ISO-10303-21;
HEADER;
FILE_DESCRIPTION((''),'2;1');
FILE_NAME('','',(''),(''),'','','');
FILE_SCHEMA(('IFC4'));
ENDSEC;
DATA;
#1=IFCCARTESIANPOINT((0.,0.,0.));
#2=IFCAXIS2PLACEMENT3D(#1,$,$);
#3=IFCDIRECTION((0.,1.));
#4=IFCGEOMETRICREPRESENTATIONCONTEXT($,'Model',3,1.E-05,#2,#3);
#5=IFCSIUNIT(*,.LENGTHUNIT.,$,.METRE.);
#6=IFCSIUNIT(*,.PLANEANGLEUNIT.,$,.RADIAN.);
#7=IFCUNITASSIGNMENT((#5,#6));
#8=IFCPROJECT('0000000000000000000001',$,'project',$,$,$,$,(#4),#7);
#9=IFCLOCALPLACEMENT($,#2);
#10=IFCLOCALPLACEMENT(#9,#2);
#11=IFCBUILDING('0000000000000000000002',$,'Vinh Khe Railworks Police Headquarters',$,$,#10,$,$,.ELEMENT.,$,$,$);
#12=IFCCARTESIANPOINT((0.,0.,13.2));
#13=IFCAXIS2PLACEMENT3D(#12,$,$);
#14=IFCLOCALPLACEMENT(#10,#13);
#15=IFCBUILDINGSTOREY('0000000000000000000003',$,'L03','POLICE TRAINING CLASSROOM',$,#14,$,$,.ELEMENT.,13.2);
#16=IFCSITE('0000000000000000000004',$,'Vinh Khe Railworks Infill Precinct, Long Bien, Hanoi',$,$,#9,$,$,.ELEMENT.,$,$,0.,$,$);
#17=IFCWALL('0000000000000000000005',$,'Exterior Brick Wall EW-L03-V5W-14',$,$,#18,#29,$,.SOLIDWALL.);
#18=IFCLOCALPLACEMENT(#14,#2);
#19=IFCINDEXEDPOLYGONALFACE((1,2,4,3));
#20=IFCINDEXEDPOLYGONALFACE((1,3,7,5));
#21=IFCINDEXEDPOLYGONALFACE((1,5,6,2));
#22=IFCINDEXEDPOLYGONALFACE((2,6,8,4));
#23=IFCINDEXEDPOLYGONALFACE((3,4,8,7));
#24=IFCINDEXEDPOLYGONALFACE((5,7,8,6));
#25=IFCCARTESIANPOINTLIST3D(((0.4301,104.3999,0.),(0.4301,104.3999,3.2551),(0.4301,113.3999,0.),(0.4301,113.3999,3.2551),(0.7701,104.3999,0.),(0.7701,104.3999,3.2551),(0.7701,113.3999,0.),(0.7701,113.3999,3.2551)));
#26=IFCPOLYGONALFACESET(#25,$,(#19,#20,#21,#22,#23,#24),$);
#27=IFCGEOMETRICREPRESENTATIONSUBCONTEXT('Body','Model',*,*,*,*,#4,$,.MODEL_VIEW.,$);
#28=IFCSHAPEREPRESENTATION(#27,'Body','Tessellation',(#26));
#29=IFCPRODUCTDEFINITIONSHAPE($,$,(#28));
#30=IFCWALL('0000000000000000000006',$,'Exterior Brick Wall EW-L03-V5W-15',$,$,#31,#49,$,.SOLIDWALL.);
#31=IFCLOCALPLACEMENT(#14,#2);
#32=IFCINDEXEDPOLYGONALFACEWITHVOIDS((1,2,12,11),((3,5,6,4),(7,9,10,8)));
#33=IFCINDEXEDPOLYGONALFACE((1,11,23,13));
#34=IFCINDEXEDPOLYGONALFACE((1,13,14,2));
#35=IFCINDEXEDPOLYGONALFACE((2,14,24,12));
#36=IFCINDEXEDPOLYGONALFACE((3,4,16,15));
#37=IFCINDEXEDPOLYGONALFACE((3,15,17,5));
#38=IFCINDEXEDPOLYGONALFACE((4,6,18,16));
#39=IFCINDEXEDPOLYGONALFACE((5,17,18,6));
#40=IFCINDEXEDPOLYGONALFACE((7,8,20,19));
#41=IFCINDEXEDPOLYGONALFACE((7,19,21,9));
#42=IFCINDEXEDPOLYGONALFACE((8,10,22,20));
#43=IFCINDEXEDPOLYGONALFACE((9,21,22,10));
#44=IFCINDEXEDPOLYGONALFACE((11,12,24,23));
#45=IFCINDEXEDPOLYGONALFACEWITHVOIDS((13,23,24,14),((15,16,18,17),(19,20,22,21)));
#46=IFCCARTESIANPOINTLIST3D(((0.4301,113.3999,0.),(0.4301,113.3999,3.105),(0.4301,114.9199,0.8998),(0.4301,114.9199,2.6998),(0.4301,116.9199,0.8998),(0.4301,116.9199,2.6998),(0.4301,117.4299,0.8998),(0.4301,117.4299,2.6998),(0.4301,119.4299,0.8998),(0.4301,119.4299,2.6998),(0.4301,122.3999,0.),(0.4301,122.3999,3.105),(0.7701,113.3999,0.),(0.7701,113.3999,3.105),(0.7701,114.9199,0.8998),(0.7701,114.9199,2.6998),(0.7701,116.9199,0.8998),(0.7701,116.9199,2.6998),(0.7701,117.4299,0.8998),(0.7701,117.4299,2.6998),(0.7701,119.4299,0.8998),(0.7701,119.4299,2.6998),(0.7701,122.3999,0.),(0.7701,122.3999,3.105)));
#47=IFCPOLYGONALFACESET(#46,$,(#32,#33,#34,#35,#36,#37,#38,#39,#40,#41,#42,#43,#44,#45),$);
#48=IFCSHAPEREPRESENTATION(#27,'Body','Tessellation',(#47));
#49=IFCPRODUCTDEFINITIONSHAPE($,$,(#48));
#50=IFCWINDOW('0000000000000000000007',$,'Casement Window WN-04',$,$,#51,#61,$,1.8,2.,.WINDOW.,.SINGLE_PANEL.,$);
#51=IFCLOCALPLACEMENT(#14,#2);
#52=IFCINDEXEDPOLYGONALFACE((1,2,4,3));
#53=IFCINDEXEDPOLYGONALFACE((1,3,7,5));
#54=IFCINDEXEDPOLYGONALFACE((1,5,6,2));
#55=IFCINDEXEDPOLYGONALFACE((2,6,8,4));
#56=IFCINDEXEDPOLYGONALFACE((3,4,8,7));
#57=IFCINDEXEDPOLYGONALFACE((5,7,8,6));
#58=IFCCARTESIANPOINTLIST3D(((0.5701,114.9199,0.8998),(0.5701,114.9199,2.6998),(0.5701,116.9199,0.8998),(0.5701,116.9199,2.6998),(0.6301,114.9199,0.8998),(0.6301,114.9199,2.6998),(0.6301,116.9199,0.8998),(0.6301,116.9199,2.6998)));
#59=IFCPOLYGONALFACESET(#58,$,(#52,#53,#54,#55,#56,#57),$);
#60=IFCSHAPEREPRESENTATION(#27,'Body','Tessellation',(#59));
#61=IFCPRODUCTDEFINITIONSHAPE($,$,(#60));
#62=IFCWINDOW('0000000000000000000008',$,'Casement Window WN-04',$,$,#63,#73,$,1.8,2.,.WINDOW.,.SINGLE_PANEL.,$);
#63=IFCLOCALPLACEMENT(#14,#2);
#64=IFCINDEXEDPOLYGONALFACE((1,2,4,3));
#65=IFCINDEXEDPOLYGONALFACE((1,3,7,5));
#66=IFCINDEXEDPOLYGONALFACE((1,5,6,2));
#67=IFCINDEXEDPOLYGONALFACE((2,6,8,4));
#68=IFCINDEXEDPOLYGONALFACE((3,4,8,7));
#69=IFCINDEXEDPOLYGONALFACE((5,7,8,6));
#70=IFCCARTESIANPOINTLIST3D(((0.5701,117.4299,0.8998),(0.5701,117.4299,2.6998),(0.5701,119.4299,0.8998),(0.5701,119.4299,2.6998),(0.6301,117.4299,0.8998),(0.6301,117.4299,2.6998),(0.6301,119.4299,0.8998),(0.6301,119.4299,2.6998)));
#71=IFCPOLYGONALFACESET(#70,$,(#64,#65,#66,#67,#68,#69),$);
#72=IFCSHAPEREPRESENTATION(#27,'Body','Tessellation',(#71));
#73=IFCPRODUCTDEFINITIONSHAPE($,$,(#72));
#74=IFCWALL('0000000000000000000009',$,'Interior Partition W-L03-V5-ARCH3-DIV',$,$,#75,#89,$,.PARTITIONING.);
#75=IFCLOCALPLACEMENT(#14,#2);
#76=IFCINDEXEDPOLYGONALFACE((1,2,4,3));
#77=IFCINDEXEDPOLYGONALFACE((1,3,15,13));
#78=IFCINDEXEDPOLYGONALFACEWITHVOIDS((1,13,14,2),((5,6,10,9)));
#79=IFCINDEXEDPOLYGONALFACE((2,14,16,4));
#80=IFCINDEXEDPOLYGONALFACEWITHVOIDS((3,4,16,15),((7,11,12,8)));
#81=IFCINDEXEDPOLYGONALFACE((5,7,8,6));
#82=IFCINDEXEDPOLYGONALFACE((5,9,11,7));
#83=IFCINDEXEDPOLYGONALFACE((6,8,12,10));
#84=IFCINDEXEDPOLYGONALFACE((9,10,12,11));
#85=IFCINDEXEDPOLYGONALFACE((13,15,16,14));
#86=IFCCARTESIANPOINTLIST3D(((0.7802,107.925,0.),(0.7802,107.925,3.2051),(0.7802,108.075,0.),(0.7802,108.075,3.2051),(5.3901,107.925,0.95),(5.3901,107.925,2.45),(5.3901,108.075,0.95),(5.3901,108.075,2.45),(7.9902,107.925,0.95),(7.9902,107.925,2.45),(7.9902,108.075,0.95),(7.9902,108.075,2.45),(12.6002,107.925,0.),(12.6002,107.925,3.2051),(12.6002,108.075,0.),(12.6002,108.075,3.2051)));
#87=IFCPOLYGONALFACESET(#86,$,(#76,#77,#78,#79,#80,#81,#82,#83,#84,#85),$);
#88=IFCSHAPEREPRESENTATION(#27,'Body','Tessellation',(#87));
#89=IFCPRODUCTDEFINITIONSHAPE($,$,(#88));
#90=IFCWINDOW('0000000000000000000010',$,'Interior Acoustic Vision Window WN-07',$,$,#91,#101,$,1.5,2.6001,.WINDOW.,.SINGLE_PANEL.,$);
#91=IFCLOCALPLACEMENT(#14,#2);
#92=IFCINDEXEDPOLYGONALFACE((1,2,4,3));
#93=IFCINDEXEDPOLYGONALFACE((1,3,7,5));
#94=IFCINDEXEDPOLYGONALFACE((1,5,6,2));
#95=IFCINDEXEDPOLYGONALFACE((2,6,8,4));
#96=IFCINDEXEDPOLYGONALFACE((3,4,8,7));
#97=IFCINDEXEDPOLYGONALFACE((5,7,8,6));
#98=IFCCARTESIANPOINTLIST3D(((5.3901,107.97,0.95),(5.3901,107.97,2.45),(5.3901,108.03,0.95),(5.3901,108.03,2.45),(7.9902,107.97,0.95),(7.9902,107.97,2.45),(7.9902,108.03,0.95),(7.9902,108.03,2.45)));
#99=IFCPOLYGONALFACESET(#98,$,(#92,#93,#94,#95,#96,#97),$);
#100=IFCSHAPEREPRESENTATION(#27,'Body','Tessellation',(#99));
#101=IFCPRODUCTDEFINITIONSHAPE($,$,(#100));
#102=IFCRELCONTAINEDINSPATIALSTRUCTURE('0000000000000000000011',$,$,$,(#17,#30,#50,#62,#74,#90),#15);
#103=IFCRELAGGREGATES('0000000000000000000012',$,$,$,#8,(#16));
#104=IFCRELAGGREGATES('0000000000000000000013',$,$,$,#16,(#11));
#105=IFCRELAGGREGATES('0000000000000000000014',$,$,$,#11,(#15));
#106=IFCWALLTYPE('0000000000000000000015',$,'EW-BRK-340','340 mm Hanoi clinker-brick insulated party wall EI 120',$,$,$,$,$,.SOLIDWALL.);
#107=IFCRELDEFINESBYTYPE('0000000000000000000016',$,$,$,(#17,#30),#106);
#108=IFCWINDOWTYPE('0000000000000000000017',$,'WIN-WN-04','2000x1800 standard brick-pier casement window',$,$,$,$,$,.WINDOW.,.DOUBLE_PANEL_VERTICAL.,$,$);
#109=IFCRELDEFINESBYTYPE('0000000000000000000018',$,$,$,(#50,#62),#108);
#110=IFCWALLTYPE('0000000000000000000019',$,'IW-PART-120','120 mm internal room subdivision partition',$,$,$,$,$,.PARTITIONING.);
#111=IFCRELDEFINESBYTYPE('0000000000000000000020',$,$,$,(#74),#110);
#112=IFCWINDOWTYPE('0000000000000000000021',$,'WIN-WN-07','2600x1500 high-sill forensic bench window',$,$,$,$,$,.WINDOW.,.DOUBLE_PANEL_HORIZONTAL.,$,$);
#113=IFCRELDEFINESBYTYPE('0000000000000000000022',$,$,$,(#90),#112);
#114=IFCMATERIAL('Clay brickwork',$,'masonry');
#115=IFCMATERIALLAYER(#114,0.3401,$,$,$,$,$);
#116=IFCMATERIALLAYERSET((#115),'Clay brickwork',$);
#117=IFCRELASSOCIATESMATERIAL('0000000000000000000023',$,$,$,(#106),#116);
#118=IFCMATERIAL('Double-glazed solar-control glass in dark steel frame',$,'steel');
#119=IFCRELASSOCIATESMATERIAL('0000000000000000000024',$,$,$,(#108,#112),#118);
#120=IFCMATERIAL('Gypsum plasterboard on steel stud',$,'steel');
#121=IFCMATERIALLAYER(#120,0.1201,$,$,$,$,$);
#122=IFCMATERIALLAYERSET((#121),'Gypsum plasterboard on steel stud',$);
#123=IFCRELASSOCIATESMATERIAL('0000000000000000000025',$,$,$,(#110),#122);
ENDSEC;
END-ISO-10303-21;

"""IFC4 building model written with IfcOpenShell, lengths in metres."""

from ifc_helpers import new_model, si_unit, direction, frame, frame_2d, origin, place, context, subcontext, project, spatial, rectangle, extrude, material, layer, layer_set, type_object, element, fill, save


model = new_model("IFC4")

# Units and contexts
model_context = context("Model", 3, precision=1e-05, world=origin(), true_north=direction((0.0, 1.0)))
body_context = subcontext(model_context, "Body", "Model", "MODEL_VIEW")
ifc_project = project(units=[si_unit("LENGTHUNIT", "METRE"), si_unit("PLANEANGLEUNIT", "RADIAN")], contexts=[model_context])

# Site, building, storey
site_placement = place(None, origin())
site = spatial("IfcSite", under=ifc_project, at=site_placement, Name="Vinh Khe Railworks Infill Precinct, Long Bien, Hanoi", CompositionType="ELEMENT", RefElevation=0.0)
building_placement = place(site_placement, origin())
building = spatial("IfcBuilding", under=site, at=building_placement, Name="Vinh Khe Railworks Police Headquarters", CompositionType="ELEMENT")
storey_placement = place(building_placement, frame((0.0, 0.0, 13.2)))
storey = spatial("IfcBuildingStorey", under=building, at=storey_placement, Name="L03", Description="POLICE TRAINING CLASSROOM", CompositionType="ELEMENT", Elevation=13.2)

# Wall
ifc_material_1 = material(Name="Clay brickwork", Category="masonry")
ifc_layer_1 = layer(ifc_material_1, 0.3401)
ifc_layer_set_1 = layer_set([ifc_layer_1], Name="Clay brickwork")
wall_type_1 = type_object("IfcWallType", Name="EW-BRK-340", Description="340 mm Hanoi clinker-brick insulated party wall EI 120", PredefinedType="SOLIDWALL", material=ifc_layer_set_1)
wall_1_placement = place(storey_placement, frame((0.6001, 104.3999, 0.0), z_axis=(0.0, 0.0, 1.0), x_axis=(0.0, 1.0, 0.0)))
element("IfcWall", 1, at=wall_1_placement, inside=storey, type_object=wall_type_1, Name="Exterior Brick Wall EW-L03-V5W-14", PredefinedType="SOLIDWALL", context=body_context, shape_type="SweptSolid", body=[
    extrude(rectangle(XDim=9.0, YDim=0.3401, at=frame_2d((4.5, 0.0))), origin(), (0.0, 0.0, 1.0), 3.2551),
])

# Wall, openings, windows
wall_2_placement = place(storey_placement, frame((0.6001, 113.3999, 0.0), z_axis=(0.0, 0.0, 1.0), x_axis=(0.0, 1.0, 0.0)))
wall_2 = element("IfcWall", 2, at=wall_2_placement, inside=storey, type_object=wall_type_1, Name="Exterior Brick Wall EW-L03-V5W-15", PredefinedType="SOLIDWALL", context=body_context, shape_type="SweptSolid", body=[
    extrude(rectangle(XDim=9.0, YDim=0.3401, at=frame_2d((4.5, 0.0))), origin(), (0.0, 0.0, 1.0), 3.105),
])
opening_1_placement = place(wall_2_placement, frame((1.52, 0.0, 0.8999)))
opening_1 = element("IfcOpeningElement", 3, at=opening_1_placement, cuts=wall_2, PredefinedType="OPENING", context=body_context, shape_type="SweptSolid", body=[
    extrude(rectangle(XDim=2.0, YDim=1.8, at=frame_2d((1.0, 0.8999))), frame((0.0, 0.1851, 0.0), z_axis=(0.0, -1.0, 0.0), x_axis=(1.0, 0.0, 0.0)), (0.0, 0.0, 1.0), 0.3699),
])
opening_2_placement = place(wall_2_placement, frame((4.03, 0.0, 0.8999)))
opening_2 = element("IfcOpeningElement", 4, at=opening_2_placement, cuts=wall_2, PredefinedType="OPENING", context=body_context, shape_type="SweptSolid", body=[
    extrude(rectangle(XDim=2.0, YDim=1.8, at=frame_2d((1.0, 0.8999))), frame((0.0, 0.1851, 0.0), z_axis=(0.0, -1.0, 0.0), x_axis=(1.0, 0.0, 0.0)), (0.0, 0.0, 1.0), 0.3699),
])
ifc_material_2 = material(Name="Double-glazed solar-control glass in dark steel frame", Category="steel")
window_type_1 = type_object("IfcWindowType", Name="WIN-WN-04", Description="2000x1800 standard brick-pier casement window", PartitioningType="DOUBLE_PANEL_VERTICAL", PredefinedType="WINDOW", material=ifc_material_2)
window_1_placement = place(opening_1_placement, origin())
window_1 = element("IfcWindow", 5, at=window_1_placement, inside=storey, type_object=window_type_1, Name="Casement Window WN-04", OverallHeight=1.8, OverallWidth=2.0, PartitioningType="SINGLE_PANEL", PredefinedType="WINDOW", context=body_context, shape_type="SweptSolid", body=[
    extrude(rectangle(XDim=2.0, YDim=1.8, at=frame_2d((1.0, 0.8999))), frame((0.0, 0.03, 0.0), z_axis=(0.0, -1.0, 0.0), x_axis=(1.0, 0.0, 0.0)), (0.0, 0.0, 1.0), 0.0601),
])
fill(opening_1, window_1)
window_2_placement = place(opening_2_placement, origin())
window_2 = element("IfcWindow", 6, at=window_2_placement, inside=storey, type_object=window_type_1, Name="Casement Window WN-04", OverallHeight=1.8, OverallWidth=2.0, PartitioningType="SINGLE_PANEL", PredefinedType="WINDOW", context=body_context, shape_type="SweptSolid", body=[
    extrude(rectangle(XDim=2.0, YDim=1.8, at=frame_2d((1.0, 0.8999))), frame((0.0, 0.03, 0.0), z_axis=(0.0, -1.0, 0.0), x_axis=(1.0, 0.0, 0.0)), (0.0, 0.0, 1.0), 0.0601),
])
fill(opening_2, window_2)

# Wall, opening, window
ifc_material_3 = material(Name="Gypsum plasterboard on steel stud", Category="steel")
ifc_layer_2 = layer(ifc_material_3, 0.1201)
ifc_layer_set_2 = layer_set([ifc_layer_2], Name="Gypsum plasterboard on steel stud")
wall_type_2 = type_object("IfcWallType", Name="IW-PART-120", Description="120 mm internal room subdivision partition", PredefinedType="PARTITIONING", material=ifc_layer_set_2)
wall_3_placement = place(storey_placement, frame((0.78, 108.0, 0.0), z_axis=(0.0, 0.0, 1.0), x_axis=(1.0, 0.0, 0.0)))
wall_3 = element("IfcWall", 7, at=wall_3_placement, inside=storey, type_object=wall_type_2, Name="Interior Partition W-L03-V5-ARCH3-DIV", PredefinedType="PARTITIONING", context=body_context, shape_type="SweptSolid", body=[
    extrude(rectangle(XDim=11.8201, YDim=0.1499, at=frame_2d((5.9102, 0.0))), origin(), (0.0, 0.0, 1.0), 3.2051),
])
opening_3_placement = place(wall_3_placement, frame((4.6101, 0.0, 0.95)))
opening_3 = element("IfcOpeningElement", 8, at=opening_3_placement, cuts=wall_3, PredefinedType="OPENING", context=body_context, shape_type="SweptSolid", body=[
    extrude(rectangle(XDim=2.6001, YDim=1.5, at=frame_2d((1.3, 0.75))), frame((0.0, 0.0898, 0.0), z_axis=(0.0, -1.0, 0.0), x_axis=(1.0, 0.0, 0.0)), (0.0, 0.0, 1.0), 0.1797),
])
window_type_2 = type_object("IfcWindowType", Name="WIN-WN-07", Description="2600x1500 high-sill forensic bench window", PartitioningType="DOUBLE_PANEL_HORIZONTAL", PredefinedType="WINDOW", material=ifc_material_2)
window_3_placement = place(opening_3_placement, origin())
window_3 = element("IfcWindow", 9, at=window_3_placement, inside=storey, type_object=window_type_2, Name="Interior Acoustic Vision Window WN-07", OverallHeight=1.5, OverallWidth=2.6001, PartitioningType="SINGLE_PANEL", PredefinedType="WINDOW", context=body_context, shape_type="SweptSolid", body=[
    extrude(rectangle(XDim=2.6001, YDim=1.5, at=frame_2d((1.3, 0.75))), frame((0.0, 0.03, 0.0), z_axis=(0.0, -1.0, 0.0), x_axis=(1.0, 0.0, 0.0)), (0.0, 0.0, 1.0), 0.0601),
])
fill(opening_3, window_3)

save(model, "model.ifc")
